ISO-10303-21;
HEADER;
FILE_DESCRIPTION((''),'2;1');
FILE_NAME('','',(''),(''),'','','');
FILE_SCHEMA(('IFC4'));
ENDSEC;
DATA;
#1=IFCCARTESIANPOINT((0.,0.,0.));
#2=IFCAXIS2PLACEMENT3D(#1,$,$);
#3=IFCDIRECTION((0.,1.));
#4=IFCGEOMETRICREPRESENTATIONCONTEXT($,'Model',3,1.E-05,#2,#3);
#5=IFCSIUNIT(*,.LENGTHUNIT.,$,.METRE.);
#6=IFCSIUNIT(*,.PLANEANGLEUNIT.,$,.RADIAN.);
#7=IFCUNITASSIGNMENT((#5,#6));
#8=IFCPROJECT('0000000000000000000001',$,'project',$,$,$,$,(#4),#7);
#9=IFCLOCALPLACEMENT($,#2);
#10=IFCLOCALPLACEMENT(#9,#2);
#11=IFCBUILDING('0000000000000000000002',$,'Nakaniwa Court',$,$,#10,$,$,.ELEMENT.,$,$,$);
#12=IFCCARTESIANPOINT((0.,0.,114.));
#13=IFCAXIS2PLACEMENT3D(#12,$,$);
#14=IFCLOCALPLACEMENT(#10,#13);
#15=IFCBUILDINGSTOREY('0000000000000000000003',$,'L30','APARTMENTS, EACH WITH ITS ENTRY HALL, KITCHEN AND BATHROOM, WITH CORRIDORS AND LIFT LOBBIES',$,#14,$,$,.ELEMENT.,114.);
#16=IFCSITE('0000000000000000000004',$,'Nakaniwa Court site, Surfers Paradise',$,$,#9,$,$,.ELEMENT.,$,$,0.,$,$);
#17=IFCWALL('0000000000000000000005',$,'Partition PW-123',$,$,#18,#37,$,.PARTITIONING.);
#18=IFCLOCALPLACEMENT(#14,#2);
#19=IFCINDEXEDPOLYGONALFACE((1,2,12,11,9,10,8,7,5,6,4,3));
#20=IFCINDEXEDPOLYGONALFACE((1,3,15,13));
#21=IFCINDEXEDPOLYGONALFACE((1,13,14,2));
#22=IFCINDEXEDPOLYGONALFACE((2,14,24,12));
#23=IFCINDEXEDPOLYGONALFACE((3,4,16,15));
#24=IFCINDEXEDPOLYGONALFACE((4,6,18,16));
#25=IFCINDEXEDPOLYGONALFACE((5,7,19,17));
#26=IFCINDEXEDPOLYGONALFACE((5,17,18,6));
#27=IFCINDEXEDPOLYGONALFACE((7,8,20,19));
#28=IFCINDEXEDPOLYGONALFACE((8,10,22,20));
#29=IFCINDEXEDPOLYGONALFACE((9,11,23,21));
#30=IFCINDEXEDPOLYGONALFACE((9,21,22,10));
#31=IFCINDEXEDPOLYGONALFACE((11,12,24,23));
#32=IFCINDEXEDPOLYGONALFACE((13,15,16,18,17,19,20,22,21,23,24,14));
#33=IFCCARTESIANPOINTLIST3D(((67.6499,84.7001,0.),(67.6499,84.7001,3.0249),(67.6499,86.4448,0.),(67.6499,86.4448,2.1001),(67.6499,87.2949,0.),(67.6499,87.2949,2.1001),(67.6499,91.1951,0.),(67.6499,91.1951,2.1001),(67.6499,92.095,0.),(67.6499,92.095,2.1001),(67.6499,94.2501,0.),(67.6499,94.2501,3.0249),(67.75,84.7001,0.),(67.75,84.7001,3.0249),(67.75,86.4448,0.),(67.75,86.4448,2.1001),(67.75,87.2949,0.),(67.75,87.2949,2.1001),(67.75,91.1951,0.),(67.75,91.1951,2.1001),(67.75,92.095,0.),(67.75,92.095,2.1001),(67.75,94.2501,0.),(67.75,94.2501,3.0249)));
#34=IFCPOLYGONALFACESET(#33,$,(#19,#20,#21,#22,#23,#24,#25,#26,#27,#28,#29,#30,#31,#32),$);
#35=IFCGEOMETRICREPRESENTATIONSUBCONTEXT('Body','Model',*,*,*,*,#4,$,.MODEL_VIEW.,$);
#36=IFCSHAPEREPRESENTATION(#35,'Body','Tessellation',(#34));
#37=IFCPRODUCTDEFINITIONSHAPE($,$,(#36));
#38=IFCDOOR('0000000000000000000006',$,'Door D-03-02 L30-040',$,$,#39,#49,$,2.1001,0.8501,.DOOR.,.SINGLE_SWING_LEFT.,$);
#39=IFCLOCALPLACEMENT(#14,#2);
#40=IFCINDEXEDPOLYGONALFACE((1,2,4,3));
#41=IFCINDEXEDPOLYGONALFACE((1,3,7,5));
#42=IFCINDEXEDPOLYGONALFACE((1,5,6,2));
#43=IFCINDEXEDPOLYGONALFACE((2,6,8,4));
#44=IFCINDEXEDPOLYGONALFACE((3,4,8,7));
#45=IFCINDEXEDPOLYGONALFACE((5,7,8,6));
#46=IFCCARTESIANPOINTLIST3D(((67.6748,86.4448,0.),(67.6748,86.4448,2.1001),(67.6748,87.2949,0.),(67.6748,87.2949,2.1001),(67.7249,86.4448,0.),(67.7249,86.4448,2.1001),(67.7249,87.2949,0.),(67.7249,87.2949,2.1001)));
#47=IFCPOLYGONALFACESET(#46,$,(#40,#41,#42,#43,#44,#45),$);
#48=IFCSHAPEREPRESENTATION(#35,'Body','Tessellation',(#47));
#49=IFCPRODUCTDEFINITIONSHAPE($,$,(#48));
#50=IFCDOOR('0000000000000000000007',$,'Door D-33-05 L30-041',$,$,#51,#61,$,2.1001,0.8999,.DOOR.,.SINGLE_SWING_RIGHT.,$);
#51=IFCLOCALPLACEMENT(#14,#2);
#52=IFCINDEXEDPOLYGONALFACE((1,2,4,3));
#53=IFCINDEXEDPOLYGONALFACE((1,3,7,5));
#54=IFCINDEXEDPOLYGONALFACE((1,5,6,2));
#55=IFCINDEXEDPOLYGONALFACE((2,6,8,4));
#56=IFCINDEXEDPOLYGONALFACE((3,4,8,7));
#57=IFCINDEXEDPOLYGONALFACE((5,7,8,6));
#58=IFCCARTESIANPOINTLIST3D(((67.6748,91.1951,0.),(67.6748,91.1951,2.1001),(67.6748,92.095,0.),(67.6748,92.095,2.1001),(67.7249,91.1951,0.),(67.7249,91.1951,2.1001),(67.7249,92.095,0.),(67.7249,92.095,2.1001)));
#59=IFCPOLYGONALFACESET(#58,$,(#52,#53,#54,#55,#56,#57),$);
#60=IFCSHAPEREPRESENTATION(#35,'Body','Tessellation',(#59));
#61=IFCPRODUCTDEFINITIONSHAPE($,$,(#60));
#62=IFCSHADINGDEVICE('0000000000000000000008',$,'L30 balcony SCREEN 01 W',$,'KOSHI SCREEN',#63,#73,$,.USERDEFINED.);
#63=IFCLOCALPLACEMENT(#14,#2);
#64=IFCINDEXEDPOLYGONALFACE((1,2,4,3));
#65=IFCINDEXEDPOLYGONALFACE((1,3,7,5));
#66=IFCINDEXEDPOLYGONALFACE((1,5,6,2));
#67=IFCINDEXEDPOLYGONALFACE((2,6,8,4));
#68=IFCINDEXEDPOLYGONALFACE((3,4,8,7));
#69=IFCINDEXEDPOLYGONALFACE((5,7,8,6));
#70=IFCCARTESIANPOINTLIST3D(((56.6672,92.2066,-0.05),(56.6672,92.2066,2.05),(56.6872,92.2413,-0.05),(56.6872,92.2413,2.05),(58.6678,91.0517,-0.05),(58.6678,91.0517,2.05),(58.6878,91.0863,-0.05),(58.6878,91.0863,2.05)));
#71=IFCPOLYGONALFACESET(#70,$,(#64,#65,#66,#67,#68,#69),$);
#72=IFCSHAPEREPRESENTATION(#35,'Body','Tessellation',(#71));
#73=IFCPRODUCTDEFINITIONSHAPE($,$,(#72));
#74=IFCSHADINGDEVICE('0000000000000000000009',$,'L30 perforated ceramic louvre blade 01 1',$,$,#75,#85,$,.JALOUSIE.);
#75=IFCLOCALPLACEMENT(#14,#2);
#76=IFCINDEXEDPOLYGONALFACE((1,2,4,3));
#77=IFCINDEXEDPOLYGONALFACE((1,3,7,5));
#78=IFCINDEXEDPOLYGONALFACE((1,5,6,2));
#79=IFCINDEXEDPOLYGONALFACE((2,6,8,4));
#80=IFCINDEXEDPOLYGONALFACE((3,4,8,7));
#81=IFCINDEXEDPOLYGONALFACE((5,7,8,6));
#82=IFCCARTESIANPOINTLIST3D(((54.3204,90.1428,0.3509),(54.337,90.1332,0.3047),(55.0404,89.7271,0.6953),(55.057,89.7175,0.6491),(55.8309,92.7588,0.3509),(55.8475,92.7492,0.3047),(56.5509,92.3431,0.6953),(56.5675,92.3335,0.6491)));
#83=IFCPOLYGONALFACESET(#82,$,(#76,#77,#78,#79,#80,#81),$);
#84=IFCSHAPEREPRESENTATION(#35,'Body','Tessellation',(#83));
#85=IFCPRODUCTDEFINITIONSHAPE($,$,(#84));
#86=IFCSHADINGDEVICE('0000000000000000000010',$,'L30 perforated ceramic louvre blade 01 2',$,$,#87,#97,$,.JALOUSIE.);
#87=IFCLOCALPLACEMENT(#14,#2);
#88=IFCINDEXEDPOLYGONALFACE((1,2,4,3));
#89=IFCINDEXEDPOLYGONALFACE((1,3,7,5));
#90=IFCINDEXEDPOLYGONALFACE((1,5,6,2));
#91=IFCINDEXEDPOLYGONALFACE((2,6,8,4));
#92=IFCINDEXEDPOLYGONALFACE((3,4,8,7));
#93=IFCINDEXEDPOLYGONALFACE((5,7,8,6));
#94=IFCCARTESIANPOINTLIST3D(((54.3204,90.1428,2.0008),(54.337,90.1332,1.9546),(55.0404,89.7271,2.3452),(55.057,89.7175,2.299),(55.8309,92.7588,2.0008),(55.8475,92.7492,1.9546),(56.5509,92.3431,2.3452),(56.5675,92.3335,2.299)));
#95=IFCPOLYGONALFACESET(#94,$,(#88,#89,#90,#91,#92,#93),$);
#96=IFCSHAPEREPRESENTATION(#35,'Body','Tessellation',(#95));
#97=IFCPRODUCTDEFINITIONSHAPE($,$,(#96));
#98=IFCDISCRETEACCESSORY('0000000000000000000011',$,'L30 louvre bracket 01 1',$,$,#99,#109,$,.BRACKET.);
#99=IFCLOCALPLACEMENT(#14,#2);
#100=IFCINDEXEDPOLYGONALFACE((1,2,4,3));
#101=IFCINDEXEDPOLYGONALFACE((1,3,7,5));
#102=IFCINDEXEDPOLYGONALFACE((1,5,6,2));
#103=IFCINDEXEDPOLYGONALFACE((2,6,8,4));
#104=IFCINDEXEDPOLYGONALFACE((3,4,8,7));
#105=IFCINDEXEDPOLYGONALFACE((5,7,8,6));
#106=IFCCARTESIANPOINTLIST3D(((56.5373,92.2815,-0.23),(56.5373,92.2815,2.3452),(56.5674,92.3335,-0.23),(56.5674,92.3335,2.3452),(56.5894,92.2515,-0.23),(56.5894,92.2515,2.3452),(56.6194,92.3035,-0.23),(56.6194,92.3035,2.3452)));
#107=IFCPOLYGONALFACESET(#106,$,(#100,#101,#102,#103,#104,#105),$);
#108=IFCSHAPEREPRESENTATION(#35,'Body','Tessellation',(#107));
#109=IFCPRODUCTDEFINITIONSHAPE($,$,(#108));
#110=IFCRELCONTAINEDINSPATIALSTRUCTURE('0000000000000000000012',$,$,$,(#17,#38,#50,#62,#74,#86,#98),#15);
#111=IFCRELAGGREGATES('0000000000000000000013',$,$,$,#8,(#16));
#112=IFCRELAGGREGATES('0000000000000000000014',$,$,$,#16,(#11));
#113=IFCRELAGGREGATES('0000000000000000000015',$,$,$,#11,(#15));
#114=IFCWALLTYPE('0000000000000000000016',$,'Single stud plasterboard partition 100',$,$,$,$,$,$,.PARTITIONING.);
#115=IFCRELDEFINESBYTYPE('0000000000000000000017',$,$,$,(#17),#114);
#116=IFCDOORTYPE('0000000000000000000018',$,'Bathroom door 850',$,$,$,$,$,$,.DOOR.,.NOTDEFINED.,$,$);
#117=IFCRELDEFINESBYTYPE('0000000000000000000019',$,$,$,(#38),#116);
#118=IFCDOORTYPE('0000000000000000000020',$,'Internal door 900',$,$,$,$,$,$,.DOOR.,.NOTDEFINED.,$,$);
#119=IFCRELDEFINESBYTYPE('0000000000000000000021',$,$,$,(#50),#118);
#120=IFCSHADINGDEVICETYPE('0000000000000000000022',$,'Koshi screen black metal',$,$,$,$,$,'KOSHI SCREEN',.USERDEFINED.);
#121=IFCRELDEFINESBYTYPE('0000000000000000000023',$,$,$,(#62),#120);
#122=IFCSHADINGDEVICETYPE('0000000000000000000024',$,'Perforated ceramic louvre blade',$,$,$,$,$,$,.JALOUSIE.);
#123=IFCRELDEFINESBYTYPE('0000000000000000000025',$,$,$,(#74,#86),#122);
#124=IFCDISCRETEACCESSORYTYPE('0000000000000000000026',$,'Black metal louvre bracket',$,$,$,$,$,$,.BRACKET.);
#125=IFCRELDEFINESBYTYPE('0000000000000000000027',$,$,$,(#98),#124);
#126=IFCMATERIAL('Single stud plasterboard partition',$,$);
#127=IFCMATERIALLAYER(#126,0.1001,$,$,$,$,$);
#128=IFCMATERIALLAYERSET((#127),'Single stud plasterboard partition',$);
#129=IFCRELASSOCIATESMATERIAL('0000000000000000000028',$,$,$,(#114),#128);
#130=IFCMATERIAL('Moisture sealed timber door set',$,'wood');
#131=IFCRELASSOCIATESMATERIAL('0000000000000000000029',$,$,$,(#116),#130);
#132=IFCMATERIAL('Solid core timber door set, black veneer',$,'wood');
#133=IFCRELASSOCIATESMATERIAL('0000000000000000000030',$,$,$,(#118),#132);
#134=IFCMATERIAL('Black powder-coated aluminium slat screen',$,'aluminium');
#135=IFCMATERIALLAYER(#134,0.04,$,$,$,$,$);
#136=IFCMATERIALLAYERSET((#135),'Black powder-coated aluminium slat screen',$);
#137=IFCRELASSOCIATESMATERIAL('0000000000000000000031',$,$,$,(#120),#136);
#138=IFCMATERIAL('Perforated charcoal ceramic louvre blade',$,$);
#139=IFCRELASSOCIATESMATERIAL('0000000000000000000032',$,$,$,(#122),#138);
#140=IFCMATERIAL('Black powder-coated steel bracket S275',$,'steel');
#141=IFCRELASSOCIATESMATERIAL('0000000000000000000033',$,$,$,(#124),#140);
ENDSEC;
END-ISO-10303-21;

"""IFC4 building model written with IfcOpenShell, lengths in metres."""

from ifc_helpers import new_model, si_unit, direction, frame, frame_2d, origin, origin_2d, place, context, subcontext, project, spatial, rectangle, extrude, material, layer, layer_set, material_profile, profile_set, type_object, element, fill, save


model = new_model("IFC4")

# Units and contexts
model_context = context("Model", 3, precision=1e-05, world=origin(), true_north=direction((0.0, 1.0)))
body_context = subcontext(model_context, "Body", "Model", "MODEL_VIEW")
ifc_project = project(units=[si_unit("LENGTHUNIT", "METRE"), si_unit("PLANEANGLEUNIT", "RADIAN")], contexts=[model_context])

# Site, building, storey
site_placement = place(None, origin())
site = spatial("IfcSite", under=ifc_project, at=site_placement, Name="Nakaniwa Court site, Surfers Paradise", CompositionType="ELEMENT", RefElevation=0.0)
building_placement = place(site_placement, origin())
building = spatial("IfcBuilding", under=site, at=building_placement, Name="Nakaniwa Court", CompositionType="ELEMENT")
storey_placement = place(building_placement, frame((0.0, 0.0, 114.0)))
storey = spatial("IfcBuildingStorey", under=building, at=storey_placement, Name="L30", Description="APARTMENTS, EACH WITH ITS ENTRY HALL, KITCHEN AND BATHROOM, WITH CORRIDORS AND LIFT LOBBIES", CompositionType="ELEMENT", Elevation=114.0)

# Wall, openings, doors
ifc_material_1 = material(Name="Single stud plasterboard partition")
ifc_layer_1 = layer(ifc_material_1, 0.1001)
ifc_layer_set_1 = layer_set([ifc_layer_1], Name="Single stud plasterboard partition")
wall_type_1 = type_object("IfcWallType", Name="Single stud plasterboard partition 100", PredefinedType="PARTITIONING", material=ifc_layer_set_1)
wall_1_placement = place(storey_placement, frame((67.7, 94.25, 0.0), z_axis=(0.0, 0.0, 1.0), x_axis=(0.0, -1.0, 0.0)))
wall_1 = element("IfcWall", 1, at=wall_1_placement, inside=storey, type_object=wall_type_1, Name="Partition PW-123", PredefinedType="PARTITIONING", context=body_context, shape_type="SweptSolid", body=[
    extrude(rectangle(XDim=9.55, YDim=0.1001, at=frame_2d((4.7749, 0.0))), origin(), (0.0, 0.0, 1.0), 3.0249),
])
opening_1_placement = place(wall_1_placement, frame((6.9551, 0.0, 0.0)))
opening_1 = element("IfcOpeningElement", 2, at=opening_1_placement, cuts=wall_1, PredefinedType="OPENING", context=body_context, shape_type="SweptSolid", body=[
    extrude(rectangle(XDim=0.8501, YDim=2.1001, at=frame_2d((0.425, 1.05))), frame((0.0, 0.0601, 0.0), z_axis=(0.0, -1.0, 0.0), x_axis=(1.0, 0.0, 0.0)), (0.0, 0.0, 1.0), 0.1201),
])
opening_2_placement = place(wall_1_placement, frame((2.155, 0.0, 0.0)))
opening_2 = element("IfcOpeningElement", 3, at=opening_2_placement, cuts=wall_1, PredefinedType="OPENING", context=body_context, shape_type="SweptSolid", body=[
    extrude(rectangle(XDim=0.8999, YDim=2.1001, at=frame_2d((0.45, 1.05))), frame((0.0, 0.0601, 0.0), z_axis=(0.0, -1.0, 0.0), x_axis=(1.0, 0.0, 0.0)), (0.0, 0.0, 1.0), 0.1201),
])
ifc_material_2 = material(Name="Moisture sealed timber door set", Category="wood")
door_type_1 = type_object("IfcDoorType", Name="Bathroom door 850", OperationType="NOTDEFINED", PredefinedType="DOOR", material=ifc_material_2)
door_1_placement = place(opening_1_placement, origin())
door_1 = element("IfcDoor", 4, at=door_1_placement, inside=storey, type_object=door_type_1, Name="Door D-03-02 L30-040", OperationType="SINGLE_SWING_LEFT", OverallHeight=2.1001, OverallWidth=0.8501, PredefinedType="DOOR", context=body_context, shape_type="SweptSolid", body=[
    extrude(rectangle(XDim=0.8501, YDim=2.1001, at=frame_2d((0.425, 1.05))), frame((0.0, 0.0249, 0.0), z_axis=(0.0, -1.0, 0.0), x_axis=(1.0, 0.0, 0.0)), (0.0, 0.0, 1.0), 0.05),
])
fill(opening_1, door_1)
ifc_material_3 = material(Name="Solid core timber door set, black veneer", Category="wood")
door_type_2 = type_object("IfcDoorType", Name="Internal door 900", OperationType="NOTDEFINED", PredefinedType="DOOR", material=ifc_material_3)
door_2_placement = place(opening_2_placement, origin())
door_2 = element("IfcDoor", 5, at=door_2_placement, inside=storey, type_object=door_type_2, Name="Door D-33-05 L30-041", OperationType="SINGLE_SWING_RIGHT", OverallHeight=2.1001, OverallWidth=0.8999, PredefinedType="DOOR", context=body_context, shape_type="SweptSolid", body=[
    extrude(rectangle(XDim=0.8999, YDim=2.1001, at=frame_2d((0.45, 1.05))), frame((0.0, 0.0249, 0.0), z_axis=(0.0, -1.0, 0.0), x_axis=(1.0, 0.0, 0.0)), (0.0, 0.0, 1.0), 0.05),
])
fill(opening_2, door_2)

# Shading devices
ifc_material_4 = material(Name="Black powder-coated aluminium slat screen", Category="aluminium")
ifc_layer_2 = layer(ifc_material_4, 0.04)
ifc_layer_set_2 = layer_set([ifc_layer_2], Name="Black powder-coated aluminium slat screen")
shading_device_type_1 = type_object("IfcShadingDeviceType", Name="Koshi screen black metal", ElementType="KOSHI SCREEN", PredefinedType="USERDEFINED", material=ifc_layer_set_2)
shading_device_placement = place(storey_placement, frame((57.6775, 91.6465, -0.05), z_axis=(0.0, 0.0, 1.0), x_axis=(-0.499974, -0.86604, 0.0)))
element("IfcShadingDevice", 6, at=shading_device_placement, inside=storey, type_object=shading_device_type_1, Name="L30 balcony SCREEN 01 W", ObjectType="KOSHI SCREEN", PredefinedType="USERDEFINED", context=body_context, shape_type="SweptSolid", body=[
    extrude(rectangle(XDim=0.04, YDim=2.3101, at=origin_2d()), origin(), (0.0, 0.0, 1.0), 2.1001),
])
ifc_material_5 = material(Name="Perforated charcoal ceramic louvre blade")
ifc_material_profile_1 = material_profile(ifc_material_5, rectangle(XDim=0.8999, YDim=0.05, at=origin_2d()), Name="Perforated ceramic louvre blade")
ifc_profile_set_1 = profile_set([ifc_material_profile_1], Name="Perforated charcoal ceramic louvre blade")
shading_device_type_2 = type_object("IfcShadingDeviceType", Name="Perforated ceramic louvre blade", PredefinedType="JALOUSIE", material=ifc_profile_set_1)
for number, where, z_axis, x_axis, name in (
    (7, (56.1992, 92.5461, 0.5), (-0.500042, -0.866001, 0.0), (0.800081, -0.461979, 0.382683), "L30 perforated ceramic louvre blade 01 1"),
    (8, (56.1992, 92.5461, 2.1499), (-0.500042, -0.866001, 0.0), (0.800081, -0.461979, 0.382683), "L30 perforated ceramic louvre blade 01 2"),
):
    element("IfcShadingDevice", number, at=place(storey_placement, frame(where, z_axis=z_axis, x_axis=x_axis)), inside=storey, type_object=shading_device_type_2, Name=name, PredefinedType="JALOUSIE", context=body_context, shape_type="SweptSolid", body=[
        extrude(rectangle(XDim=0.8999, YDim=0.05, at=origin_2d()), origin(), (0.0, 0.0, 1.0), 3.0208),
    ])

# Discrete accessory
ifc_material_6 = material(Name="Black powder-coated steel bracket S275", Category="steel")
discrete_accessory_type = type_object("IfcDiscreteAccessoryType", Name="Black metal louvre bracket", PredefinedType="BRACKET", material=ifc_material_6)
discrete_accessory_placement = place(storey_placement, frame((56.5784, 92.2925, -0.23), z_axis=(0.0, 0.0, 1.0), x_axis=(-0.499974, -0.86604, 0.0)))
element("IfcDiscreteAccessory", 9, at=discrete_accessory_placement, inside=storey, type_object=discrete_accessory_type, Name="L30 louvre bracket 01 1", PredefinedType="BRACKET", context=body_context, shape_type="SweptSolid", body=[
    extrude(rectangle(XDim=0.0601, YDim=0.0601, at=origin_2d()), origin(), (0.0, 0.0, 1.0), 2.5752),
])

save(model, "model.ifc")
